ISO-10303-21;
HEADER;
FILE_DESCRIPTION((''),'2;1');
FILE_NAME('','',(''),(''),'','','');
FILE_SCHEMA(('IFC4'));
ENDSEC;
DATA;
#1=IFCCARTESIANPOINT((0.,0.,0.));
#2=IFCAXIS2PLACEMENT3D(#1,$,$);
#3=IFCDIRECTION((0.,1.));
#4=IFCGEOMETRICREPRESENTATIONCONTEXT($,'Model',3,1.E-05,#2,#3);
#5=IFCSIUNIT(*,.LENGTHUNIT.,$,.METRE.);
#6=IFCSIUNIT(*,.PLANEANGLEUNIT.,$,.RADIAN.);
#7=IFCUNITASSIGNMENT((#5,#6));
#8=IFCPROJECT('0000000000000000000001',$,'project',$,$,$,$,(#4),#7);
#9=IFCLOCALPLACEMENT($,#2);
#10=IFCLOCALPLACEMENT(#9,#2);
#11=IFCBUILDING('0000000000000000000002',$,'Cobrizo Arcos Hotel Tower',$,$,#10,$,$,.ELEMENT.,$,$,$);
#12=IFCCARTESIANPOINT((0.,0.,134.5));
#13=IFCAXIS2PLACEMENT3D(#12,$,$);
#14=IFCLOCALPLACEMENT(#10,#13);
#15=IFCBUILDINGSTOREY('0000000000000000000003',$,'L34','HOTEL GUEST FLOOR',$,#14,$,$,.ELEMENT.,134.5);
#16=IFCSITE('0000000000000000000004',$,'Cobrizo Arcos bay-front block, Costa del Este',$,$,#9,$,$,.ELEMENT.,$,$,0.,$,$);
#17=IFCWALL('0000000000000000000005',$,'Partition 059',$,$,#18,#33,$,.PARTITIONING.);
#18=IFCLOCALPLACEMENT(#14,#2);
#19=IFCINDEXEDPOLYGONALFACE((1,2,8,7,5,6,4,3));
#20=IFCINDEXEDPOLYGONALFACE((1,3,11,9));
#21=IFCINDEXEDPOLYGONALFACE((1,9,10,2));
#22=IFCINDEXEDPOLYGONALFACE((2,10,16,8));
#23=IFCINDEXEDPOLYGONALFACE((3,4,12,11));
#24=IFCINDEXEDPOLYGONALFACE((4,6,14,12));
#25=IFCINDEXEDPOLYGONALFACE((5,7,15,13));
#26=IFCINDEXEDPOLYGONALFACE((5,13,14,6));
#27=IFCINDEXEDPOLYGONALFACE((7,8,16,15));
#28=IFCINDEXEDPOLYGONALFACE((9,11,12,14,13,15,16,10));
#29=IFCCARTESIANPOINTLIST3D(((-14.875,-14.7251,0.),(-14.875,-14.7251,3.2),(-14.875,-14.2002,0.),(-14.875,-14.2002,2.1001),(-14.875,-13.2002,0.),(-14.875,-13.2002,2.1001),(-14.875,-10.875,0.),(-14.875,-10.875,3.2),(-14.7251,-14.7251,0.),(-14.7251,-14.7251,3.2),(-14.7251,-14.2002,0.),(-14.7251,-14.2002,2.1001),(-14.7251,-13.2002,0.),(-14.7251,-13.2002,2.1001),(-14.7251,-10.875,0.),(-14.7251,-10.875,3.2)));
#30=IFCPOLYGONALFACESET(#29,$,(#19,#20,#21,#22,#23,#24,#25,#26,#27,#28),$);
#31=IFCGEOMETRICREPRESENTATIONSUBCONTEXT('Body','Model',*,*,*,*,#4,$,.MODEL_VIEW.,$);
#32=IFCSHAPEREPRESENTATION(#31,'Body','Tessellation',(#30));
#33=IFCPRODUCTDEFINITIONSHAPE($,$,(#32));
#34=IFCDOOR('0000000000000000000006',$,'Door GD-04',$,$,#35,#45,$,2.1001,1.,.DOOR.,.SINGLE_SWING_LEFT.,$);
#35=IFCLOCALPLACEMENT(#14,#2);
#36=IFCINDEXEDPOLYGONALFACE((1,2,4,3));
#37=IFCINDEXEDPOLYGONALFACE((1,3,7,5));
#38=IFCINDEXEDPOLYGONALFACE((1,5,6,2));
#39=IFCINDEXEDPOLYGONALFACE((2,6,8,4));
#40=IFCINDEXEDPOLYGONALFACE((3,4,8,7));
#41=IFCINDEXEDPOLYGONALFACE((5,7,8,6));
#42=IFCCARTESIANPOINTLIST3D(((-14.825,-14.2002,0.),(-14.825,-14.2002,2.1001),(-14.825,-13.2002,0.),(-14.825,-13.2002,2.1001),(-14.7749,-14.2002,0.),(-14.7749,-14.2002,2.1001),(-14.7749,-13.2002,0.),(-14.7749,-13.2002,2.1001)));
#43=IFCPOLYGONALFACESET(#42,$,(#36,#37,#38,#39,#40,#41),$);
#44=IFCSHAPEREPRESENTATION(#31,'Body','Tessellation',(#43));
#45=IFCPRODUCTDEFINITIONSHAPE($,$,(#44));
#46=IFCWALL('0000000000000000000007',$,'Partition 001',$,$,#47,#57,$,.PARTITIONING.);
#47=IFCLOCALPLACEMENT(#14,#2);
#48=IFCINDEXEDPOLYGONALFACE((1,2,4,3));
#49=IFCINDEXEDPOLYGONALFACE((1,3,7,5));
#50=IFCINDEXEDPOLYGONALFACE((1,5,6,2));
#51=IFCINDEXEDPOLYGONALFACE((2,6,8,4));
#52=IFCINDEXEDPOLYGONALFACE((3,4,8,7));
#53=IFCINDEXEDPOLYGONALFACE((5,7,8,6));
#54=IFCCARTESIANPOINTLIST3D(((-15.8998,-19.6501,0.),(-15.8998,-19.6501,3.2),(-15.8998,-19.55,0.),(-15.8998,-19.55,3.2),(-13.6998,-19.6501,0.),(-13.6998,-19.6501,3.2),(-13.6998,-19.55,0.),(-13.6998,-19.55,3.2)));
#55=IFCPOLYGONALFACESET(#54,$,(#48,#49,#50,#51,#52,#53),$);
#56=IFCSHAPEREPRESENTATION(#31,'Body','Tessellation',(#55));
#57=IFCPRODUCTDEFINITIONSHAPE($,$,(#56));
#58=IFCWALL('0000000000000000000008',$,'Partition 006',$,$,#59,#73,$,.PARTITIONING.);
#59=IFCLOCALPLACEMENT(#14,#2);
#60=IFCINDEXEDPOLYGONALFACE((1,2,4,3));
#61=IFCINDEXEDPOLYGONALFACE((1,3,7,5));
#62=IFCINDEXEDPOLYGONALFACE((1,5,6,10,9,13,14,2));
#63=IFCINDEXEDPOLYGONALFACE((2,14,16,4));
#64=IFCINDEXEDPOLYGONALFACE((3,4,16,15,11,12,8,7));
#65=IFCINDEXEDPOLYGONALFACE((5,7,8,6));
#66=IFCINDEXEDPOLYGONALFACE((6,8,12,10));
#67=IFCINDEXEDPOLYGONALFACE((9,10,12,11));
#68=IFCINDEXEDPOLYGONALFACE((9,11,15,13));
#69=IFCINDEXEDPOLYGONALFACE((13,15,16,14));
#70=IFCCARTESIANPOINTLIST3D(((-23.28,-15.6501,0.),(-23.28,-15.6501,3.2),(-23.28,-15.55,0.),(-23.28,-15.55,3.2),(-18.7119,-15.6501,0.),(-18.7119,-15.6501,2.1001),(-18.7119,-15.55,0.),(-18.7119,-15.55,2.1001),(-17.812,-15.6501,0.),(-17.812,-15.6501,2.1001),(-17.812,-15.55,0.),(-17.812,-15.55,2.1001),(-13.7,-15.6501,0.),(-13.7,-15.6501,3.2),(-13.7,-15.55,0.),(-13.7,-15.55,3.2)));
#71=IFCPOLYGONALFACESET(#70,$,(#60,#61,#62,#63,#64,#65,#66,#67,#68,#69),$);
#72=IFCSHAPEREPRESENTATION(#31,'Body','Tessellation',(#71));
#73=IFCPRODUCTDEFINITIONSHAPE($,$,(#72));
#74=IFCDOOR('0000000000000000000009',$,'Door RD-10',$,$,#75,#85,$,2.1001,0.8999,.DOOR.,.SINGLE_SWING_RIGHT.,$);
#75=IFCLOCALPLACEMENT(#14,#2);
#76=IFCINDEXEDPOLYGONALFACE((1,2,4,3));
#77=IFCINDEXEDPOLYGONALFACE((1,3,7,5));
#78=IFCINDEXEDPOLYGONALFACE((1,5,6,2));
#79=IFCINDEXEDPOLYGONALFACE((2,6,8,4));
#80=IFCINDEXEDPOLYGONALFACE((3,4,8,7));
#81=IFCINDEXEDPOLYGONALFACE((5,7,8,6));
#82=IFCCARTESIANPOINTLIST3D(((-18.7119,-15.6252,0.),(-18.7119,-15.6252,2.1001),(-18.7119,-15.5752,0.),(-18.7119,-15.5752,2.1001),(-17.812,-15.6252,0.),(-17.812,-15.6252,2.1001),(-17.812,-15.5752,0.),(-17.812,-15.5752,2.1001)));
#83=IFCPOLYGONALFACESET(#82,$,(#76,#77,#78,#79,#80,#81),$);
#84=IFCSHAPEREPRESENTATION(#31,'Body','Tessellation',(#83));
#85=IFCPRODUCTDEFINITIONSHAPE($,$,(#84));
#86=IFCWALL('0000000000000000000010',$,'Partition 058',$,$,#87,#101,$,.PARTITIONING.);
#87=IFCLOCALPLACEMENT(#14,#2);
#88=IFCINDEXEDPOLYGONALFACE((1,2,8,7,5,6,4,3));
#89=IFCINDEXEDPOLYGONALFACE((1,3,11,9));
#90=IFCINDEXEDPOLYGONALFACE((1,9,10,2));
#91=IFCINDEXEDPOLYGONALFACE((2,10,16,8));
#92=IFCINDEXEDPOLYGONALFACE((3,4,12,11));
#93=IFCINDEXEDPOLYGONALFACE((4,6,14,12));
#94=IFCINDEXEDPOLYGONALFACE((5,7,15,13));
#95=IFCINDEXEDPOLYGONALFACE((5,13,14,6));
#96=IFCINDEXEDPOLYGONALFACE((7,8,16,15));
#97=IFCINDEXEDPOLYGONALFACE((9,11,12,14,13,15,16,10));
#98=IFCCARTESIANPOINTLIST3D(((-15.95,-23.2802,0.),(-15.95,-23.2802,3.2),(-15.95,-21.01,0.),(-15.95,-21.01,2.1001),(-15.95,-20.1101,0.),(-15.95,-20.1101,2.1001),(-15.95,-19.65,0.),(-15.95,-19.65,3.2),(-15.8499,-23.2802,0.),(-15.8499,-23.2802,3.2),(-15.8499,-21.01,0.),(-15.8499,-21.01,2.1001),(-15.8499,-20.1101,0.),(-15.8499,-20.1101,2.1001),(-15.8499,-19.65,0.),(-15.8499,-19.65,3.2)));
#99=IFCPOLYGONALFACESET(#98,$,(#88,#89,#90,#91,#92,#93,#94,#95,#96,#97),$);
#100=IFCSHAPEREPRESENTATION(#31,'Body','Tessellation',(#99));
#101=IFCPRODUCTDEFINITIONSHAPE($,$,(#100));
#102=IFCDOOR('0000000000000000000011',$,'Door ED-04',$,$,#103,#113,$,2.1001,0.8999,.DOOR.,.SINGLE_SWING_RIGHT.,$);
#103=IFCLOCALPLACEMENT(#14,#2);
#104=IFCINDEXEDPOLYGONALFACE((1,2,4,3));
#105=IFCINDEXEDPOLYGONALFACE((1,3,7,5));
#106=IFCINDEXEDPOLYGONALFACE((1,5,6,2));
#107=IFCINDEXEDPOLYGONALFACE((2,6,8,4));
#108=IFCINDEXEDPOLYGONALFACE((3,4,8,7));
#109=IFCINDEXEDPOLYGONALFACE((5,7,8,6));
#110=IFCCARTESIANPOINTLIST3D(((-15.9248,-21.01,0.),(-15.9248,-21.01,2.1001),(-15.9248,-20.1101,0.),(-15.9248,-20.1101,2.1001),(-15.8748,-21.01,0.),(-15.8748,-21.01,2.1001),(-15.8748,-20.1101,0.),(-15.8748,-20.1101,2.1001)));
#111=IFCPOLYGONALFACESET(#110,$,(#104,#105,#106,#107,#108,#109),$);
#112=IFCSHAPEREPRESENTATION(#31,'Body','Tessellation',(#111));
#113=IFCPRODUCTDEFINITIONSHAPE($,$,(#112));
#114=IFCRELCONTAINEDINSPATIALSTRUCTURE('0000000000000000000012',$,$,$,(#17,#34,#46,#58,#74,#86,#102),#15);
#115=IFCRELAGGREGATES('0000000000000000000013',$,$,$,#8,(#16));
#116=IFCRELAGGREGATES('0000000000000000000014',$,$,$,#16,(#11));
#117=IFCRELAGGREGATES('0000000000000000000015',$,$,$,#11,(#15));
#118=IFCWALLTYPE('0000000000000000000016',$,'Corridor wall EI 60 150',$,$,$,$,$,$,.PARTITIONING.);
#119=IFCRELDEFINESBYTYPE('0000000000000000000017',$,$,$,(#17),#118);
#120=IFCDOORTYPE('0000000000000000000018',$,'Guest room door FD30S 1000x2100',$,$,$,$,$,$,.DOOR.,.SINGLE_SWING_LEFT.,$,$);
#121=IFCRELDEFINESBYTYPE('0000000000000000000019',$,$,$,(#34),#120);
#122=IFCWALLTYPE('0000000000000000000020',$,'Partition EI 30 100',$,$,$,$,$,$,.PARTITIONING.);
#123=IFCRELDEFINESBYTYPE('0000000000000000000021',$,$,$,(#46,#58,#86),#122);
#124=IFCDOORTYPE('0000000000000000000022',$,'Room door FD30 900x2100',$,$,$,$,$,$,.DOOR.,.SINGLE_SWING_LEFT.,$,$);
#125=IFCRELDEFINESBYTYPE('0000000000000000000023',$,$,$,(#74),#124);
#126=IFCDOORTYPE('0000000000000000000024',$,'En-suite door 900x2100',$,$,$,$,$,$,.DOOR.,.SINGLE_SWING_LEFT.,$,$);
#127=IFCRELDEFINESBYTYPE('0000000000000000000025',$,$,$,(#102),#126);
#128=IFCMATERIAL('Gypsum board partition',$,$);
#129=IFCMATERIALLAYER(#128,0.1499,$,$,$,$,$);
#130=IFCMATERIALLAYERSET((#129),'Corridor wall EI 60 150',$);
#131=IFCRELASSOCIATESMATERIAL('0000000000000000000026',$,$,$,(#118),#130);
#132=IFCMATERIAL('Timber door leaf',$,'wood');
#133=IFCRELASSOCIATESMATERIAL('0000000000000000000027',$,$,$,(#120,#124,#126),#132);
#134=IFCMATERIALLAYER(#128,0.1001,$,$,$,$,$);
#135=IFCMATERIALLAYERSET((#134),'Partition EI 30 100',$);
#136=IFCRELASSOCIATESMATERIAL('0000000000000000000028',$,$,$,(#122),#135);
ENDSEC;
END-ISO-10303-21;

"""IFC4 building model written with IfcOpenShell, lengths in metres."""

from ifc_helpers import new_model, si_unit, direction, frame, frame_2d, origin, place, context, subcontext, project, spatial, rectangle, extrude, material, layer, layer_set, type_object, element, fill, save


model = new_model("IFC4")

# Units and contexts
model_context = context("Model", 3, precision=1e-05, world=origin(), true_north=direction((0.0, 1.0)))
body_context = subcontext(model_context, "Body", "Model", "MODEL_VIEW")
ifc_project = project(units=[si_unit("LENGTHUNIT", "METRE"), si_unit("PLANEANGLEUNIT", "RADIAN")], contexts=[model_context])

# Site, building, storey
site_placement = place(None, origin())
site = spatial("IfcSite", under=ifc_project, at=site_placement, Name="Cobrizo Arcos bay-front block, Costa del Este", CompositionType="ELEMENT", RefElevation=0.0)
building_placement = place(site_placement, origin())
building = spatial("IfcBuilding", under=site, at=building_placement, Name="Cobrizo Arcos Hotel Tower", CompositionType="ELEMENT")
storey_placement = place(building_placement, frame((0.0, 0.0, 134.5)))
storey = spatial("IfcBuildingStorey", under=building, at=storey_placement, Name="L34", Description="HOTEL GUEST FLOOR", CompositionType="ELEMENT", Elevation=134.5)

# Wall, opening, door
ifc_material_1 = material(Name="Gypsum board partition")
ifc_layer_1 = layer(ifc_material_1, 0.1499)
ifc_layer_set_1 = layer_set([ifc_layer_1], Name="Corridor wall EI 60 150")
wall_type_1 = type_object("IfcWallType", Name="Corridor wall EI 60 150", PredefinedType="PARTITIONING", material=ifc_layer_set_1)
ifc_material_2 = material(Name="Timber door leaf", Category="wood")
door_type_1 = type_object("IfcDoorType", Name="Guest room door FD30S 1000x2100", OperationType="SINGLE_SWING_LEFT", PredefinedType="DOOR", material=ifc_material_2)
wall_1_placement = place(storey_placement, frame((-14.8, -14.7251, 0.0), z_axis=(0.0, 0.0, 1.0), x_axis=(0.0, 1.0, 0.0)))
wall_1 = element("IfcWall", 1, at=wall_1_placement, inside=storey, type_object=wall_type_1, Name="Partition 059", PredefinedType="PARTITIONING", context=body_context, shape_type="SweptSolid", body=[
    extrude(rectangle(XDim=3.8501, YDim=0.1499, at=frame_2d((1.925, 0.0))), origin(), (0.0, 0.0, 1.0), 3.2),
])
opening_1_placement = place(wall_1_placement, frame((0.5249, 0.0, 0.0)))
opening_1 = element("IfcOpeningElement", 2, at=opening_1_placement, cuts=wall_1, PredefinedType="OPENING", context=body_context, shape_type="SweptSolid", body=[
    extrude(rectangle(XDim=1.0, YDim=2.1001, at=frame_2d((0.5, 1.05))), frame((0.0, 0.0869, 0.0), z_axis=(0.0, -1.0, 0.0), x_axis=(1.0, 0.0, 0.0)), (0.0, 0.0, 1.0), 0.1738),
])
door_1_placement = place(opening_1_placement, origin())
door_1 = element("IfcDoor", 3, at=door_1_placement, inside=storey, type_object=door_type_1, Name="Door GD-04", OperationType="SINGLE_SWING_LEFT", OverallHeight=2.1001, OverallWidth=1.0, PredefinedType="DOOR", context=body_context, shape_type="SweptSolid", body=[
    extrude(rectangle(XDim=1.0, YDim=2.1001, at=frame_2d((0.5, 1.05))), frame((0.0, 0.0249, 0.0), z_axis=(0.0, -1.0, 0.0), x_axis=(1.0, 0.0, 0.0)), (0.0, 0.0, 1.0), 0.05),
])
fill(opening_1, door_1)

# Wall
ifc_layer_2 = layer(ifc_material_1, 0.1001)
ifc_layer_set_2 = layer_set([ifc_layer_2], Name="Partition EI 30 100")
wall_type_2 = type_object("IfcWallType", Name="Partition EI 30 100", PredefinedType="PARTITIONING", material=ifc_layer_set_2)
wall_2_placement = place(storey_placement, frame((-15.8999, -19.6001, 0.0), z_axis=(0.0, 0.0, 1.0), x_axis=(1.0, 0.0, 0.0)))
element("IfcWall", 4, at=wall_2_placement, inside=storey, type_object=wall_type_2, Name="Partition 001", PredefinedType="PARTITIONING", context=body_context, shape_type="SweptSolid", body=[
    extrude(rectangle(XDim=2.2, YDim=0.1001, at=frame_2d((1.1001, 0.0))), origin(), (0.0, 0.0, 1.0), 3.2),
])

# Walls, openings, doors
wall_3_placement = place(storey_placement, frame((-23.28, -15.6001, 0.0), z_axis=(0.0, 0.0, 1.0), x_axis=(1.0, 0.0, 0.0)))
wall_3 = element("IfcWall", 5, at=wall_3_placement, inside=storey, type_object=wall_type_2, Name="Partition 006", PredefinedType="PARTITIONING", context=body_context, shape_type="SweptSolid", body=[
    extrude(rectangle(XDim=9.5801, YDim=0.1001, at=frame_2d((4.79, 0.0))), origin(), (0.0, 0.0, 1.0), 3.2),
])
opening_2_placement = place(wall_3_placement, frame((4.5681, 0.0, 0.0)))
opening_2 = element("IfcOpeningElement", 6, at=opening_2_placement, cuts=wall_3, PredefinedType="OPENING", context=body_context, shape_type="SweptSolid", body=[
    extrude(rectangle(XDim=0.8999, YDim=2.1001, at=frame_2d((0.45, 1.05))), frame((0.0, 0.062, 0.0), z_axis=(0.0, -1.0, 0.0), x_axis=(1.0, 0.0, 0.0)), (0.0, 0.0, 1.0), 0.124),
])
door_type_2 = type_object("IfcDoorType", Name="Room door FD30 900x2100", OperationType="SINGLE_SWING_LEFT", PredefinedType="DOOR", material=ifc_material_2)
door_2_placement = place(opening_2_placement, origin())
door_2 = element("IfcDoor", 7, at=door_2_placement, inside=storey, type_object=door_type_2, Name="Door RD-10", OperationType="SINGLE_SWING_RIGHT", OverallHeight=2.1001, OverallWidth=0.8999, PredefinedType="DOOR", context=body_context, shape_type="SweptSolid", body=[
    extrude(rectangle(XDim=0.8999, YDim=2.1001, at=frame_2d((0.45, 1.05))), frame((0.0, 0.0249, 0.0), z_axis=(0.0, -1.0, 0.0), x_axis=(1.0, 0.0, 0.0)), (0.0, 0.0, 1.0), 0.05),
])
fill(opening_2, door_2)
wall_4_placement = place(storey_placement, frame((-15.8999, -23.28, 0.0), z_axis=(0.0, 0.0, 1.0), x_axis=(0.0, 1.0, 0.0)))
wall_4 = element("IfcWall", 8, at=wall_4_placement, inside=storey, type_object=wall_type_2, Name="Partition 058", PredefinedType="PARTITIONING", context=body_context, shape_type="SweptSolid", body=[
    extrude(rectangle(XDim=3.6301, YDim=0.1001, at=frame_2d((1.8149, 0.0))), origin(), (0.0, 0.0, 1.0), 3.2),
])
opening_3_placement = place(wall_4_placement, frame((2.27, 0.0, 0.0)))
opening_3 = element("IfcOpeningElement", 9, at=opening_3_placement, cuts=wall_4, PredefinedType="OPENING", context=body_context, shape_type="SweptSolid", body=[
    extrude(rectangle(XDim=0.8999, YDim=2.1001, at=frame_2d((0.45, 1.05))), frame((0.0, 0.062, 0.0), z_axis=(0.0, -1.0, 0.0), x_axis=(1.0, 0.0, 0.0)), (0.0, 0.0, 1.0), 0.124),
])
door_type_3 = type_object("IfcDoorType", Name="En-suite door 900x2100", OperationType="SINGLE_SWING_LEFT", PredefinedType="DOOR", material=ifc_material_2)
door_3_placement = place(opening_3_placement, origin())
door_3 = element("IfcDoor", 10, at=door_3_placement, inside=storey, type_object=door_type_3, Name="Door ED-04", OperationType="SINGLE_SWING_RIGHT", OverallHeight=2.1001, OverallWidth=0.8999, PredefinedType="DOOR", context=body_context, shape_type="SweptSolid", body=[
    extrude(rectangle(XDim=0.8999, YDim=2.1001, at=frame_2d((0.45, 1.05))), frame((0.0, 0.0249, 0.0), z_axis=(0.0, -1.0, 0.0), x_axis=(1.0, 0.0, 0.0)), (0.0, 0.0, 1.0), 0.05),
])
fill(opening_3, door_3)

save(model, "model.ifc")
